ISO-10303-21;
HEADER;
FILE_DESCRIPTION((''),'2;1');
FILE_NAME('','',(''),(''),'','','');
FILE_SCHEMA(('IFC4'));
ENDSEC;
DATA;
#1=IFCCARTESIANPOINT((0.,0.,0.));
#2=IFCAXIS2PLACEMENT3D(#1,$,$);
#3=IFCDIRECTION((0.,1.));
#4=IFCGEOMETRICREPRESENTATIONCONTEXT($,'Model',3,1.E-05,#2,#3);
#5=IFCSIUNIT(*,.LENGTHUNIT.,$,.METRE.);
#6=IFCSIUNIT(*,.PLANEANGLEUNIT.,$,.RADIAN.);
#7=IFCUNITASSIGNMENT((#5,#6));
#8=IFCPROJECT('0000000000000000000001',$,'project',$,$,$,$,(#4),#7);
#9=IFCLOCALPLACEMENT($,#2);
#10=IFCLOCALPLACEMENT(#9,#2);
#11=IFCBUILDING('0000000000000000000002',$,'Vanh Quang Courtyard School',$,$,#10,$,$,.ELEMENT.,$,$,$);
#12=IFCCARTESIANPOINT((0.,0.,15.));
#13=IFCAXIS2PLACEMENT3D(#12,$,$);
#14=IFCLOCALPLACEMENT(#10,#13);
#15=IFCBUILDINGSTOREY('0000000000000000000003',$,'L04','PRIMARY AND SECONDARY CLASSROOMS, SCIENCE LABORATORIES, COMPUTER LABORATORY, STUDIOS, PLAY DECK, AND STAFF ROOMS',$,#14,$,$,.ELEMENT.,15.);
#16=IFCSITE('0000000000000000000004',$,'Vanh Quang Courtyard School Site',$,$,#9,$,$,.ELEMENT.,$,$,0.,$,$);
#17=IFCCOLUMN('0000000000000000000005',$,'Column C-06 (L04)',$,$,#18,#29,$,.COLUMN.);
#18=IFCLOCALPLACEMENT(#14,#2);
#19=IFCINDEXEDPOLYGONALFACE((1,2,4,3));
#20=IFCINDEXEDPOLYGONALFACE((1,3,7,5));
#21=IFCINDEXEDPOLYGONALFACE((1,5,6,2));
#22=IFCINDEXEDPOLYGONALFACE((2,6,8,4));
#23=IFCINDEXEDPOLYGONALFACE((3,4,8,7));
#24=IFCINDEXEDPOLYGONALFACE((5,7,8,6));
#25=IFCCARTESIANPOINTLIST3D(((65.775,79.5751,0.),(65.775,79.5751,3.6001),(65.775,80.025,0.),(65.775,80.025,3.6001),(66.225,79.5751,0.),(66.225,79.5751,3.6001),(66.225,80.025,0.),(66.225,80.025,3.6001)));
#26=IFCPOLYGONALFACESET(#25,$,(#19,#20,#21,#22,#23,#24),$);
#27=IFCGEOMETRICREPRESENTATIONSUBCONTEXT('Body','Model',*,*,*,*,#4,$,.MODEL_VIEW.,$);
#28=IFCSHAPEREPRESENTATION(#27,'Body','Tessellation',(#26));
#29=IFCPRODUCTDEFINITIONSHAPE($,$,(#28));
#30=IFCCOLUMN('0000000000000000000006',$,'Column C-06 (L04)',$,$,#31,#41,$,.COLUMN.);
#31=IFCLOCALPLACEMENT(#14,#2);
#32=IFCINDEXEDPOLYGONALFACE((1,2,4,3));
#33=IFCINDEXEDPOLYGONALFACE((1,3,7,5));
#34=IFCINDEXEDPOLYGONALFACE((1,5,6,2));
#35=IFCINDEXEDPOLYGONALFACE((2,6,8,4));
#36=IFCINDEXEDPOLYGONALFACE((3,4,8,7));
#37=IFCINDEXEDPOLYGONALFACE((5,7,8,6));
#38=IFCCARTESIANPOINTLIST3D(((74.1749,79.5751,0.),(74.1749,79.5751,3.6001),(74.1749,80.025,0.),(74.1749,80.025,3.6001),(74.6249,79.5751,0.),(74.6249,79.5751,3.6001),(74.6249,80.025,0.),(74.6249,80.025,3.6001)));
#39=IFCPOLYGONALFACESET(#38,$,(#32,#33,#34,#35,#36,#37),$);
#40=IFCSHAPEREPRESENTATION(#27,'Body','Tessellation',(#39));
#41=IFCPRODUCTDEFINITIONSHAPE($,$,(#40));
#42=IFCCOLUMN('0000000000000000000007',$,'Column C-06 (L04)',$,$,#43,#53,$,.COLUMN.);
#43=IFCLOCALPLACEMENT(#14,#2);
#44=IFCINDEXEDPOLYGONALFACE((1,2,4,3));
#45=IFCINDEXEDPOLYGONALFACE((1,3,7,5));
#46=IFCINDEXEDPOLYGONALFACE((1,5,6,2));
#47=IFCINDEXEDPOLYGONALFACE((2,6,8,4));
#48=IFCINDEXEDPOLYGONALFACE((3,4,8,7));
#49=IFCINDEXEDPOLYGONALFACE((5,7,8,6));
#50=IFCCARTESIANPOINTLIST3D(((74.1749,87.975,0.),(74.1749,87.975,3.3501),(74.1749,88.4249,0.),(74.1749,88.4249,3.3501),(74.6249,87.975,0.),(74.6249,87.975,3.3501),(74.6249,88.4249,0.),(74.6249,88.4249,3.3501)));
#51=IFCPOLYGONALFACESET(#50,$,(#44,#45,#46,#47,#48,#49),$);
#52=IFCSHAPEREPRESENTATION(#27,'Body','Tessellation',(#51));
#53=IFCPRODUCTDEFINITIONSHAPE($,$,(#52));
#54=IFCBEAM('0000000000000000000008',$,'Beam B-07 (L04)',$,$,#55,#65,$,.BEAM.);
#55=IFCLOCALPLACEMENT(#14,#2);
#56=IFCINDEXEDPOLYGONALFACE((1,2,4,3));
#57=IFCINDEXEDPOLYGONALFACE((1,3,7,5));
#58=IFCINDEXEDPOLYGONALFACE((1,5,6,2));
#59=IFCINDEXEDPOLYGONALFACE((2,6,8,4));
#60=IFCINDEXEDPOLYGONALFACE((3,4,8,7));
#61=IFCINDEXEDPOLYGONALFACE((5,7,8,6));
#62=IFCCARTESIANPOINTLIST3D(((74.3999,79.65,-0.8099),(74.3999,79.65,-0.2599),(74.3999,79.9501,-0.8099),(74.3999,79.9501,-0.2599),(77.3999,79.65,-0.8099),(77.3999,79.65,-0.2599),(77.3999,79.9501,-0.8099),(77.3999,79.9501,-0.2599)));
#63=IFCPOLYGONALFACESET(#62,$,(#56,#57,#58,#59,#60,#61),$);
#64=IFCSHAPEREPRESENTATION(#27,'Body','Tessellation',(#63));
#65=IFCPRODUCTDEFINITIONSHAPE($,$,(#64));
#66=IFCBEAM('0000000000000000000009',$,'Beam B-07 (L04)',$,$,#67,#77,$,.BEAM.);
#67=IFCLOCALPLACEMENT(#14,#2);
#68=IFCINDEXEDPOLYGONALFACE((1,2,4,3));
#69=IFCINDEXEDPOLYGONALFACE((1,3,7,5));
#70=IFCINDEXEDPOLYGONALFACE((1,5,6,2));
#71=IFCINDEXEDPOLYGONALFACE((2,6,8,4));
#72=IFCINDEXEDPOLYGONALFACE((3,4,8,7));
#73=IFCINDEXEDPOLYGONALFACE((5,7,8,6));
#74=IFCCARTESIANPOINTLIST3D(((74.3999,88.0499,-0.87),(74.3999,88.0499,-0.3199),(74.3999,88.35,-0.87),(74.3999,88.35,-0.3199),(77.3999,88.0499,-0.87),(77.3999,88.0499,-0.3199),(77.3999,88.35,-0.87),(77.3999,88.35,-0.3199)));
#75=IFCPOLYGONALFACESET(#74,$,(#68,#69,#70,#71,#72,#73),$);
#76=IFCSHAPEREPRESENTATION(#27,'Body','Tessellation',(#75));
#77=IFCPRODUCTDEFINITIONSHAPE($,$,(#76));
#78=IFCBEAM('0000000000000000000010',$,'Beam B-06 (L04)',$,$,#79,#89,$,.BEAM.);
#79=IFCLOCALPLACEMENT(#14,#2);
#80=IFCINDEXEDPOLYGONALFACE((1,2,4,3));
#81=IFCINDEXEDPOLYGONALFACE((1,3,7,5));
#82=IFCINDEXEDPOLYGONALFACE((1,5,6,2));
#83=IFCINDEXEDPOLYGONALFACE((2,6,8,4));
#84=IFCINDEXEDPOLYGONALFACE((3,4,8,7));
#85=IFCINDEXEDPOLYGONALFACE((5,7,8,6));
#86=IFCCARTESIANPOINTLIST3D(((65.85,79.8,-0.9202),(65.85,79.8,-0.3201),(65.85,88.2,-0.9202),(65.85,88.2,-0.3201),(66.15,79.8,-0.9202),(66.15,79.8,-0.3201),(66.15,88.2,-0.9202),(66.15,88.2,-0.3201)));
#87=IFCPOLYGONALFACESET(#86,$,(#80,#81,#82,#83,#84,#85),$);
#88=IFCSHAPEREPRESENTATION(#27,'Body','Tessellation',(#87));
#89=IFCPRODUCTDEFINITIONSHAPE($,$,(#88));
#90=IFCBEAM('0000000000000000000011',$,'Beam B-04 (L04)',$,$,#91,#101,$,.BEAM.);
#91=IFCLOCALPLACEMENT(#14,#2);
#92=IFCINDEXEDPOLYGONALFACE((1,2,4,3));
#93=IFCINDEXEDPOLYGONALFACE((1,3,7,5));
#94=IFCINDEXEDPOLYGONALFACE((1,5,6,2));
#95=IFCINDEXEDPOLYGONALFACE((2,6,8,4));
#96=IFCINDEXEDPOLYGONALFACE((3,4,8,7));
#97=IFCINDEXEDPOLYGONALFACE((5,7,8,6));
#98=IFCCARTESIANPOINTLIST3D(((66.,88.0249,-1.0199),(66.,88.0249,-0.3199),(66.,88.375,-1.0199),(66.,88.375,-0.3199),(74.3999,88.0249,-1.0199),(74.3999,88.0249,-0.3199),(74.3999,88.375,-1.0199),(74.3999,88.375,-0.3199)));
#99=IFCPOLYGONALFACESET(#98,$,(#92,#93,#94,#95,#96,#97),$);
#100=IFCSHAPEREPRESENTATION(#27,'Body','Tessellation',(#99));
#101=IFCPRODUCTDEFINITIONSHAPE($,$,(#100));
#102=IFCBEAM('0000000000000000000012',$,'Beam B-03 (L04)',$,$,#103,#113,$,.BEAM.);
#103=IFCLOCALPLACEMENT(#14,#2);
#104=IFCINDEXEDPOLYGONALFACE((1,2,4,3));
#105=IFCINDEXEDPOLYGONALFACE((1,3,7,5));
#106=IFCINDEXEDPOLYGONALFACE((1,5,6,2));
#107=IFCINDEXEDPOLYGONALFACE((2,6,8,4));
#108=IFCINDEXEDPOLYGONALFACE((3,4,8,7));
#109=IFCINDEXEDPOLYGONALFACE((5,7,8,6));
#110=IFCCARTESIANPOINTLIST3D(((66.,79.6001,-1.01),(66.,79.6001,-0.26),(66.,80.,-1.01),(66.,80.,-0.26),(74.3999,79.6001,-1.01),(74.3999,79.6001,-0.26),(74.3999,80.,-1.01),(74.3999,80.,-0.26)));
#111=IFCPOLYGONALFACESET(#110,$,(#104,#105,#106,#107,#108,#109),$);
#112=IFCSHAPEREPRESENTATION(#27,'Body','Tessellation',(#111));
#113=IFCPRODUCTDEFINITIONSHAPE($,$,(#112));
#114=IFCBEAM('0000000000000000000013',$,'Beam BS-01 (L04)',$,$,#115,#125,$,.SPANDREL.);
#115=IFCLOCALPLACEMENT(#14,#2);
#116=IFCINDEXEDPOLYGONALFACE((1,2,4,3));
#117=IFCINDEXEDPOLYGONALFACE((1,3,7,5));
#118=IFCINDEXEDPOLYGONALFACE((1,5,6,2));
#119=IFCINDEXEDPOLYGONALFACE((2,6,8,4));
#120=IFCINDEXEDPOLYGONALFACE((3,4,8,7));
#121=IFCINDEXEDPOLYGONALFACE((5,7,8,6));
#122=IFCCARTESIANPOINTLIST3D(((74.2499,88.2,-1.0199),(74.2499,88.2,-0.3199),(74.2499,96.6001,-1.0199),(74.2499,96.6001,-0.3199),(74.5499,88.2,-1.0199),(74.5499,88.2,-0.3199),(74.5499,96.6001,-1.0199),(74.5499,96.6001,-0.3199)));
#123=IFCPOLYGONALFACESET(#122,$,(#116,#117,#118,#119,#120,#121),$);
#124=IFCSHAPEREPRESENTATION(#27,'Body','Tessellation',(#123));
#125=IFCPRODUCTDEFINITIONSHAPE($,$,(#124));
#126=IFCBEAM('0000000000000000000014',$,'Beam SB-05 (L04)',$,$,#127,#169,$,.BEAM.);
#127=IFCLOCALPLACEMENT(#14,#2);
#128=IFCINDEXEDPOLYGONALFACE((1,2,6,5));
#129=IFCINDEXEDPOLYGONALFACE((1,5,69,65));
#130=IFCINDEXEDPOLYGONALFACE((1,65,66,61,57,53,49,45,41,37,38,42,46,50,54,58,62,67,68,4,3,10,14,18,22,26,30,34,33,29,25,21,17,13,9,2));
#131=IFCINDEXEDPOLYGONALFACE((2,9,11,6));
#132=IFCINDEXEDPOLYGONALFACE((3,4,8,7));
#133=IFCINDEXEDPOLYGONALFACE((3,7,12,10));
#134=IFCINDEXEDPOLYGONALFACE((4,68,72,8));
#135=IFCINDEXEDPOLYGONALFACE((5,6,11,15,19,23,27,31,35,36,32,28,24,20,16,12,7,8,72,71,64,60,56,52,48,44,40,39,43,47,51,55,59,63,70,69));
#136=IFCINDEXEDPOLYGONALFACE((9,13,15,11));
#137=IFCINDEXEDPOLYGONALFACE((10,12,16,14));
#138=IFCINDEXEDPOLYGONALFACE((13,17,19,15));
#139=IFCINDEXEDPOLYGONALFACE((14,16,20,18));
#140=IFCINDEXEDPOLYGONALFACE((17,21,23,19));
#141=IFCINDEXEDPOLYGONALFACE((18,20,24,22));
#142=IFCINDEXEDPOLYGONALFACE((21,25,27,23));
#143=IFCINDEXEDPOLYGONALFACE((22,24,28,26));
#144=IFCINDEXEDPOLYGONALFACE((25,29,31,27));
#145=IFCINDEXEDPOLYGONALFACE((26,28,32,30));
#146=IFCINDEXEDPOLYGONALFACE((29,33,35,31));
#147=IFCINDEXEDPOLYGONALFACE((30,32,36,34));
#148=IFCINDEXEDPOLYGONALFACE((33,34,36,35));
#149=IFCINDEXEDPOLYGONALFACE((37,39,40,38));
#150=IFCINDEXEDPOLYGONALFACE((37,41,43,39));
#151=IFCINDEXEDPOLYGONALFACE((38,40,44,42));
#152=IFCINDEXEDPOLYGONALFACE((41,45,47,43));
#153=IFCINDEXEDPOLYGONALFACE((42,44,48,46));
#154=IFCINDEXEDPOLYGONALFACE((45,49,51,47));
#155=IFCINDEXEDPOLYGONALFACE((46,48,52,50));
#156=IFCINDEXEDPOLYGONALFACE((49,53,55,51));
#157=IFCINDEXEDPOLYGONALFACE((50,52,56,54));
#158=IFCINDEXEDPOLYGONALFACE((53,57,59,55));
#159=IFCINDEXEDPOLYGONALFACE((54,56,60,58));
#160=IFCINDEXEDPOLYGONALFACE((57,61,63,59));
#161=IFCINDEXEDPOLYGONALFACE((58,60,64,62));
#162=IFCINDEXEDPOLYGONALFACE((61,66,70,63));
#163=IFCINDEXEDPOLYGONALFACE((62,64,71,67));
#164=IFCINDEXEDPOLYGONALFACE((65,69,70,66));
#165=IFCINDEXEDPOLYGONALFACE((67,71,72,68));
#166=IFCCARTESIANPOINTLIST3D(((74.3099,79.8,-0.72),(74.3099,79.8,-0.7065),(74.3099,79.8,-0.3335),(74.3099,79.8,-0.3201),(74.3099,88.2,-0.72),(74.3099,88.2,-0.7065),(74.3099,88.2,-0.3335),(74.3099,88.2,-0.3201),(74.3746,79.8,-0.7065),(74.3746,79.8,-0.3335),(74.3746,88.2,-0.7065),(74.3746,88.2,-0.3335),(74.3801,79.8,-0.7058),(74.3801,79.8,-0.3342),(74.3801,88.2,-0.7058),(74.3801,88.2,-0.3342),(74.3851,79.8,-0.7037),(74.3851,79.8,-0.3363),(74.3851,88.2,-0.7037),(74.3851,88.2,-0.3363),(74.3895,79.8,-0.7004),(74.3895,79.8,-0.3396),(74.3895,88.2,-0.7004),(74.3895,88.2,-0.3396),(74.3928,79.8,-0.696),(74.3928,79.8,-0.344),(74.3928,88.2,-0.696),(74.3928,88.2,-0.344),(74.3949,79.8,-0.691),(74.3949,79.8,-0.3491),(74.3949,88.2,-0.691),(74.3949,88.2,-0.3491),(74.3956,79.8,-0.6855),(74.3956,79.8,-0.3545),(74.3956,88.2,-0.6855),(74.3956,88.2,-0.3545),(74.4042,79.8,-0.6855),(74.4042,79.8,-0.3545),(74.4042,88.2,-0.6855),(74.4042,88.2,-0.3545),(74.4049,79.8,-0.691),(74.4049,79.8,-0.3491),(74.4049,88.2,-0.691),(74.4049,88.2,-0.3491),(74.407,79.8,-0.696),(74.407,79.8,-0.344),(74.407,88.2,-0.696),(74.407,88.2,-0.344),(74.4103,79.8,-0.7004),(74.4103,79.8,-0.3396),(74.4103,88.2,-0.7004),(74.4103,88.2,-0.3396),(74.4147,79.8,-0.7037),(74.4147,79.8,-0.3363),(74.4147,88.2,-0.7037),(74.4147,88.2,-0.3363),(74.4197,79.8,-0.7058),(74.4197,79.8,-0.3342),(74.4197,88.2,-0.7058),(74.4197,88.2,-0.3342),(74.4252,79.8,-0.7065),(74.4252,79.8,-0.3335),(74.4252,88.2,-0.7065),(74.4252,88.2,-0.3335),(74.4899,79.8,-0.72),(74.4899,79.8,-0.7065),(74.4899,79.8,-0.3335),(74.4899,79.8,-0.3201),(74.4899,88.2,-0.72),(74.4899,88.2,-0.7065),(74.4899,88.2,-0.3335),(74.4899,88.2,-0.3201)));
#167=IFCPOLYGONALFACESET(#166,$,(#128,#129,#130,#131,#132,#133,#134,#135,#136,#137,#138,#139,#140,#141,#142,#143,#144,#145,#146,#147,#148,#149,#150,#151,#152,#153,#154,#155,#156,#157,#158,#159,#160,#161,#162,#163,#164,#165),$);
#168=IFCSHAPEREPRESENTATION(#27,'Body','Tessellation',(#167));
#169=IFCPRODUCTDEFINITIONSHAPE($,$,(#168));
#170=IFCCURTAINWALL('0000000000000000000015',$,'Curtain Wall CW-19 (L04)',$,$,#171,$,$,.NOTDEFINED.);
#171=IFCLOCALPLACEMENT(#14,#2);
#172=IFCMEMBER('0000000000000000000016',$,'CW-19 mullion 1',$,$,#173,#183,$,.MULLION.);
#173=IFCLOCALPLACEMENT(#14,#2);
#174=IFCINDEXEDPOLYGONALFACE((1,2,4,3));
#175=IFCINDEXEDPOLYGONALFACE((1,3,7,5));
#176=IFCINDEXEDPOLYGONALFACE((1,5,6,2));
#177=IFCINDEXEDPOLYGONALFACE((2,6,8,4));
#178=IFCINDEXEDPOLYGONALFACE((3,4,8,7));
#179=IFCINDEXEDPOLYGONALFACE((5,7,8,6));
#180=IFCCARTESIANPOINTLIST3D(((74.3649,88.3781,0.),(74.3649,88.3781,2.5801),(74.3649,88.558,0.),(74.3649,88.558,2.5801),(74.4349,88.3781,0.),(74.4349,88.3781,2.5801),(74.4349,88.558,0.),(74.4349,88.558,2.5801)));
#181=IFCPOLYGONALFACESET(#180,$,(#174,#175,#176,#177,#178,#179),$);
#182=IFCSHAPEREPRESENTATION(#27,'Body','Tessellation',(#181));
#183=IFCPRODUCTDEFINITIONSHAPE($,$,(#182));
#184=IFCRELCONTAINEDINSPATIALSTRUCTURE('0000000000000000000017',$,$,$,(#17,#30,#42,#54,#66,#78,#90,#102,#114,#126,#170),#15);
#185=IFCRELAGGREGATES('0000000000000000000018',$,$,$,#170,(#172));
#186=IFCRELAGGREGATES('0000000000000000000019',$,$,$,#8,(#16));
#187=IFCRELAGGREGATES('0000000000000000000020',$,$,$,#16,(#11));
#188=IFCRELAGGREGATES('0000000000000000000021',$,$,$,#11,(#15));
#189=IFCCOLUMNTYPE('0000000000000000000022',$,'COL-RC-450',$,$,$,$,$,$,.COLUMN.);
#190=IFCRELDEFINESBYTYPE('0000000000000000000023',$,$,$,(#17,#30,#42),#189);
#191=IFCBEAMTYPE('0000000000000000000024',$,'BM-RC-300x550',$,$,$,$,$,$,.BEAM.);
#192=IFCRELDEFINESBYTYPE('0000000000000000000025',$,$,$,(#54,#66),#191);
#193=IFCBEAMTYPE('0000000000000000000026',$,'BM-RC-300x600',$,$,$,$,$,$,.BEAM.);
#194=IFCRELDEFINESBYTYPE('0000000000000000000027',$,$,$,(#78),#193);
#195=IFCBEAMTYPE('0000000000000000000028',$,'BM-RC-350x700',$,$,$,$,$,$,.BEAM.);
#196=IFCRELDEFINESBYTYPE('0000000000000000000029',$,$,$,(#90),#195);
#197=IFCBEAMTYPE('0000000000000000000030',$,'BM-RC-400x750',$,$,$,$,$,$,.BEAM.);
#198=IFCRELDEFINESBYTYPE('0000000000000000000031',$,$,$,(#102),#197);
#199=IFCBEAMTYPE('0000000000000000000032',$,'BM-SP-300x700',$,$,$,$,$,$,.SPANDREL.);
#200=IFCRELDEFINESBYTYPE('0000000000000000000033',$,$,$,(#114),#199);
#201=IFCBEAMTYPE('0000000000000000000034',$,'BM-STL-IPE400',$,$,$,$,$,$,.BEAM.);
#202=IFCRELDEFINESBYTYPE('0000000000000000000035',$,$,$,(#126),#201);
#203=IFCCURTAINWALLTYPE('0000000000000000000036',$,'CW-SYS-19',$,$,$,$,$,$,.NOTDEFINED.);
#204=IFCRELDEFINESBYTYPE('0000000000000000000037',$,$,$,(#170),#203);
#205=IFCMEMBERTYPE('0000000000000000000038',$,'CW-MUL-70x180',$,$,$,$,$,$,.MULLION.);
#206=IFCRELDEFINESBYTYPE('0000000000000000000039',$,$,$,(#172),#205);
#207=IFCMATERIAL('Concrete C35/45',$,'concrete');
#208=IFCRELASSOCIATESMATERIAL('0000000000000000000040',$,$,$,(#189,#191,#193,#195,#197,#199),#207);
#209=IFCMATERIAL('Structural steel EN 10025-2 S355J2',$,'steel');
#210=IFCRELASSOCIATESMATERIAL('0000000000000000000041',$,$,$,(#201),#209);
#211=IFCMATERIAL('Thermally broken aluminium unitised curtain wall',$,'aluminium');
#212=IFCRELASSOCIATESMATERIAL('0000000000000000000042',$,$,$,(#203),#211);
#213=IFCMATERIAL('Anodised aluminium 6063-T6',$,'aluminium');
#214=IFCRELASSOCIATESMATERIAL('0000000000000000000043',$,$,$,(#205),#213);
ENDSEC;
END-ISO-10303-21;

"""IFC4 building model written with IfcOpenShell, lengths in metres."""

from ifc_helpers import new_model, si_unit, direction, frame, origin, origin_2d, place, context, subcontext, project, spatial, rectangle, i_section, extrude, material, material_profile, profile_set, type_object, element, aggregate, save


model = new_model("IFC4")

# Units and contexts
model_context = context("Model", 3, precision=1e-05, world=origin(), true_north=direction((0.0, 1.0)))
body_context = subcontext(model_context, "Body", "Model", "MODEL_VIEW")
ifc_project = project(units=[si_unit("LENGTHUNIT", "METRE"), si_unit("PLANEANGLEUNIT", "RADIAN")], contexts=[model_context])

# Site, building, storey
site_placement = place(None, origin())
site = spatial("IfcSite", under=ifc_project, at=site_placement, Name="Vanh Quang Courtyard School Site", CompositionType="ELEMENT", RefElevation=0.0)
building_placement = place(site_placement, origin())
building = spatial("IfcBuilding", under=site, at=building_placement, Name="Vanh Quang Courtyard School", CompositionType="ELEMENT")
storey_placement = place(building_placement, frame((0.0, 0.0, 15.0)))
storey = spatial("IfcBuildingStorey", under=building, at=storey_placement, Name="L04", Description="PRIMARY AND SECONDARY CLASSROOMS, SCIENCE LABORATORIES, COMPUTER LABORATORY, STUDIOS, PLAY DECK, AND STAFF ROOMS", CompositionType="ELEMENT", Elevation=15.0)

# Columns
ifc_material_1 = material(Name="Concrete C35/45", Category="concrete")
ifc_material_profile_1 = material_profile(ifc_material_1, rectangle(XDim=0.45, YDim=0.45, at=origin_2d()), Name="RC-COL 450x450")
ifc_profile_set_1 = profile_set([ifc_material_profile_1], Name="Concrete C35/45")
column_type = type_object("IfcColumnType", Name="COL-RC-450", PredefinedType="COLUMN", material=ifc_profile_set_1)
for number, where, z_axis, x_axis, name in (
    (1, (66.0, 79.8, 0.0), (0.0, 0.0, 1.0), (1.0, 0.0, 0.0), "Column C-06 (L04)"),
    (2, (74.3999, 79.8, 0.0), (0.0, 0.0, 1.0), (1.0, 0.0, 0.0), "Column C-06 (L04)"),
):
    element("IfcColumn", number, at=place(storey_placement, frame(where, z_axis=z_axis, x_axis=x_axis)), inside=storey, type_object=column_type, Name=name, PredefinedType="COLUMN", context=body_context, shape_type="SweptSolid", body=[
        extrude(rectangle(XDim=0.45, YDim=0.45, at=origin_2d()), origin(), (0.0, 0.0, 1.0), 3.6001),
    ])
column_placement = place(storey_placement, frame((74.3999, 88.2, 0.0), z_axis=(0.0, 0.0, 1.0), x_axis=(1.0, 0.0, 0.0)))
element("IfcColumn", 3, at=column_placement, inside=storey, type_object=column_type, Name="Column C-06 (L04)", PredefinedType="COLUMN", context=body_context, shape_type="SweptSolid", body=[
    extrude(rectangle(XDim=0.45, YDim=0.45, at=origin_2d()), origin(), (0.0, 0.0, 1.0), 3.3501),
])

# Beams
ifc_material_profile_2 = material_profile(ifc_material_1, rectangle(XDim=0.3, YDim=0.55, at=origin_2d()), Name="RC-BM 300x550")
ifc_profile_set_2 = profile_set([ifc_material_profile_2], Name="Concrete C35/45")
beam_type_1 = type_object("IfcBeamType", Name="BM-RC-300x550", PredefinedType="BEAM", material=ifc_profile_set_2)
for number, where, z_axis, x_axis, name in (
    (4, (74.3999, 79.8, -0.5349), (1.0, 0.0, 0.0), (0.0, 1.0, 0.0), "Beam B-07 (L04)"),
    (5, (74.3999, 88.2, -0.595), (1.0, 0.0, 0.0), (0.0, 1.0, 0.0), "Beam B-07 (L04)"),
):
    element("IfcBeam", number, at=place(storey_placement, frame(where, z_axis=z_axis, x_axis=x_axis)), inside=storey, type_object=beam_type_1, Name=name, PredefinedType="BEAM", context=body_context, shape_type="SweptSolid", body=[
        extrude(rectangle(XDim=0.3, YDim=0.55, at=origin_2d()), origin(), (0.0, 0.0, 1.0), 3.0),
    ])
ifc_material_profile_3 = material_profile(ifc_material_1, rectangle(XDim=0.3, YDim=0.6001, at=origin_2d()), Name="RC-BM 300x600")
ifc_profile_set_3 = profile_set([ifc_material_profile_3], Name="Concrete C35/45")
beam_type_2 = type_object("IfcBeamType", Name="BM-RC-300x600", PredefinedType="BEAM", material=ifc_profile_set_3)
beam_1_placement = place(storey_placement, frame((66.0, 79.8, -0.6201), z_axis=(0.0, 1.0, 0.0), x_axis=(-1.0, 0.0, 0.0)))
element("IfcBeam", 6, at=beam_1_placement, inside=storey, type_object=beam_type_2, Name="Beam B-06 (L04)", PredefinedType="BEAM", context=body_context, shape_type="SweptSolid", body=[
    extrude(rectangle(XDim=0.3, YDim=0.6001, at=origin_2d()), origin(), (0.0, 0.0, 1.0), 8.3999),
])
ifc_material_profile_4 = material_profile(ifc_material_1, rectangle(XDim=0.3501, YDim=0.7, at=origin_2d()), Name="RC-BM 350x700")
ifc_profile_set_4 = profile_set([ifc_material_profile_4], Name="Concrete C35/45")
beam_type_3 = type_object("IfcBeamType", Name="BM-RC-350x700", PredefinedType="BEAM", material=ifc_profile_set_4)
beam_2_placement = place(storey_placement, frame((66.0, 88.2, -0.6699), z_axis=(1.0, 0.0, 0.0), x_axis=(0.0, 1.0, 0.0)))
element("IfcBeam", 7, at=beam_2_placement, inside=storey, type_object=beam_type_3, Name="Beam B-04 (L04)", PredefinedType="BEAM", context=body_context, shape_type="SweptSolid", body=[
    extrude(rectangle(XDim=0.3501, YDim=0.7, at=origin_2d()), origin(), (0.0, 0.0, 1.0), 8.3999),
])
ifc_material_profile_5 = material_profile(ifc_material_1, rectangle(XDim=0.3999, YDim=0.75, at=origin_2d()), Name="RC-BM 400x750")
ifc_profile_set_5 = profile_set([ifc_material_profile_5], Name="Concrete C35/45")
beam_type_4 = type_object("IfcBeamType", Name="BM-RC-400x750", PredefinedType="BEAM", material=ifc_profile_set_5)
beam_3_placement = place(storey_placement, frame((66.0, 79.8, -0.635), z_axis=(1.0, 0.0, 0.0), x_axis=(0.0, 1.0, 0.0)))
element("IfcBeam", 8, at=beam_3_placement, inside=storey, type_object=beam_type_4, Name="Beam B-03 (L04)", PredefinedType="BEAM", context=body_context, shape_type="SweptSolid", body=[
    extrude(rectangle(XDim=0.3999, YDim=0.75, at=origin_2d()), origin(), (0.0, 0.0, 1.0), 8.3999),
])
ifc_material_profile_6 = material_profile(ifc_material_1, rectangle(XDim=0.3, YDim=0.7, at=origin_2d()), Name="RC-SP 300x700")
ifc_profile_set_6 = profile_set([ifc_material_profile_6], Name="Concrete C35/45")
beam_type_5 = type_object("IfcBeamType", Name="BM-SP-300x700", PredefinedType="SPANDREL", material=ifc_profile_set_6)
beam_4_placement = place(storey_placement, frame((74.3999, 88.2, -0.6699), z_axis=(0.0, 1.0, 0.0), x_axis=(-1.0, 0.0, 0.0)))
element("IfcBeam", 9, at=beam_4_placement, inside=storey, type_object=beam_type_5, Name="Beam BS-01 (L04)", PredefinedType="SPANDREL", context=body_context, shape_type="SweptSolid", body=[
    extrude(rectangle(XDim=0.3, YDim=0.7, at=origin_2d()), origin(), (0.0, 0.0, 1.0), 8.4001),
])
ifc_material_2 = material(Name="Structural steel EN 10025-2 S355J2", Category="steel")
ifc_material_profile_7 = material_profile(ifc_material_2, i_section(OverallWidth=0.1799, OverallDepth=0.3999, WebThickness=0.0085, FlangeThickness=0.0134, FilletRadius=0.021, at=origin_2d()), Name="IPE 400")
ifc_profile_set_7 = profile_set([ifc_material_profile_7], Name="Structural steel EN 10025-2 S355J2")
beam_type_6 = type_object("IfcBeamType", Name="BM-STL-IPE400", PredefinedType="BEAM", material=ifc_profile_set_7)
beam_5_placement = place(storey_placement, frame((74.3999, 79.8, -0.52), z_axis=(0.0, 1.0, 0.0), x_axis=(-1.0, 0.0, 0.0)))
element("IfcBeam", 10, at=beam_5_placement, inside=storey, type_object=beam_type_6, Name="Beam SB-05 (L04)", PredefinedType="BEAM", context=body_context, shape_type="SweptSolid", body=[
    extrude(i_section(OverallWidth=0.1799, OverallDepth=0.3999, WebThickness=0.0085, FlangeThickness=0.0134, FilletRadius=0.021, at=origin_2d()), origin(), (0.0, 0.0, 1.0), 8.3999),
])

# Curtain wall, member
ifc_material_3 = material(Name="Thermally broken aluminium unitised curtain wall", Category="aluminium")
curtain_wall_type = type_object("IfcCurtainWallType", Name="CW-SYS-19", PredefinedType="NOTDEFINED", material=ifc_material_3)
curtain_wall_placement = place(storey_placement, origin())
curtain_wall = element("IfcCurtainWall", 11, at=curtain_wall_placement, inside=storey, type_object=curtain_wall_type, Name="Curtain Wall CW-19 (L04)", PredefinedType="NOTDEFINED")
ifc_material_4 = material(Name="Anodised aluminium 6063-T6", Category="aluminium")
ifc_material_profile_8 = material_profile(ifc_material_4, rectangle(XDim=0.0701, YDim=0.1799, at=origin_2d()), Name="ALU-MUL 70x180")
ifc_profile_set_8 = profile_set([ifc_material_profile_8], Name="Anodised aluminium 6063-T6")
member_type_1 = type_object("IfcMemberType", Name="CW-MUL-70x180", PredefinedType="MULLION", material=ifc_profile_set_8)
member_1_placement = place(storey_placement, frame((74.3999, 88.468, 0.0), z_axis=(0.0, 0.0, 1.0), x_axis=(-1.0, 0.0, 0.0)))
member_1 = element("IfcMember", 12, at=member_1_placement, type_object=member_type_1, Name="CW-19 mullion 1", PredefinedType="MULLION", context=body_context, shape_type="SweptSolid", body=[
    extrude(rectangle(XDim=0.0701, YDim=0.1799, at=origin_2d()), origin(), (0.0, 0.0, 1.0), 2.5801),
])

aggregate(curtain_wall, [member_1])

save(model, "model.ifc")
